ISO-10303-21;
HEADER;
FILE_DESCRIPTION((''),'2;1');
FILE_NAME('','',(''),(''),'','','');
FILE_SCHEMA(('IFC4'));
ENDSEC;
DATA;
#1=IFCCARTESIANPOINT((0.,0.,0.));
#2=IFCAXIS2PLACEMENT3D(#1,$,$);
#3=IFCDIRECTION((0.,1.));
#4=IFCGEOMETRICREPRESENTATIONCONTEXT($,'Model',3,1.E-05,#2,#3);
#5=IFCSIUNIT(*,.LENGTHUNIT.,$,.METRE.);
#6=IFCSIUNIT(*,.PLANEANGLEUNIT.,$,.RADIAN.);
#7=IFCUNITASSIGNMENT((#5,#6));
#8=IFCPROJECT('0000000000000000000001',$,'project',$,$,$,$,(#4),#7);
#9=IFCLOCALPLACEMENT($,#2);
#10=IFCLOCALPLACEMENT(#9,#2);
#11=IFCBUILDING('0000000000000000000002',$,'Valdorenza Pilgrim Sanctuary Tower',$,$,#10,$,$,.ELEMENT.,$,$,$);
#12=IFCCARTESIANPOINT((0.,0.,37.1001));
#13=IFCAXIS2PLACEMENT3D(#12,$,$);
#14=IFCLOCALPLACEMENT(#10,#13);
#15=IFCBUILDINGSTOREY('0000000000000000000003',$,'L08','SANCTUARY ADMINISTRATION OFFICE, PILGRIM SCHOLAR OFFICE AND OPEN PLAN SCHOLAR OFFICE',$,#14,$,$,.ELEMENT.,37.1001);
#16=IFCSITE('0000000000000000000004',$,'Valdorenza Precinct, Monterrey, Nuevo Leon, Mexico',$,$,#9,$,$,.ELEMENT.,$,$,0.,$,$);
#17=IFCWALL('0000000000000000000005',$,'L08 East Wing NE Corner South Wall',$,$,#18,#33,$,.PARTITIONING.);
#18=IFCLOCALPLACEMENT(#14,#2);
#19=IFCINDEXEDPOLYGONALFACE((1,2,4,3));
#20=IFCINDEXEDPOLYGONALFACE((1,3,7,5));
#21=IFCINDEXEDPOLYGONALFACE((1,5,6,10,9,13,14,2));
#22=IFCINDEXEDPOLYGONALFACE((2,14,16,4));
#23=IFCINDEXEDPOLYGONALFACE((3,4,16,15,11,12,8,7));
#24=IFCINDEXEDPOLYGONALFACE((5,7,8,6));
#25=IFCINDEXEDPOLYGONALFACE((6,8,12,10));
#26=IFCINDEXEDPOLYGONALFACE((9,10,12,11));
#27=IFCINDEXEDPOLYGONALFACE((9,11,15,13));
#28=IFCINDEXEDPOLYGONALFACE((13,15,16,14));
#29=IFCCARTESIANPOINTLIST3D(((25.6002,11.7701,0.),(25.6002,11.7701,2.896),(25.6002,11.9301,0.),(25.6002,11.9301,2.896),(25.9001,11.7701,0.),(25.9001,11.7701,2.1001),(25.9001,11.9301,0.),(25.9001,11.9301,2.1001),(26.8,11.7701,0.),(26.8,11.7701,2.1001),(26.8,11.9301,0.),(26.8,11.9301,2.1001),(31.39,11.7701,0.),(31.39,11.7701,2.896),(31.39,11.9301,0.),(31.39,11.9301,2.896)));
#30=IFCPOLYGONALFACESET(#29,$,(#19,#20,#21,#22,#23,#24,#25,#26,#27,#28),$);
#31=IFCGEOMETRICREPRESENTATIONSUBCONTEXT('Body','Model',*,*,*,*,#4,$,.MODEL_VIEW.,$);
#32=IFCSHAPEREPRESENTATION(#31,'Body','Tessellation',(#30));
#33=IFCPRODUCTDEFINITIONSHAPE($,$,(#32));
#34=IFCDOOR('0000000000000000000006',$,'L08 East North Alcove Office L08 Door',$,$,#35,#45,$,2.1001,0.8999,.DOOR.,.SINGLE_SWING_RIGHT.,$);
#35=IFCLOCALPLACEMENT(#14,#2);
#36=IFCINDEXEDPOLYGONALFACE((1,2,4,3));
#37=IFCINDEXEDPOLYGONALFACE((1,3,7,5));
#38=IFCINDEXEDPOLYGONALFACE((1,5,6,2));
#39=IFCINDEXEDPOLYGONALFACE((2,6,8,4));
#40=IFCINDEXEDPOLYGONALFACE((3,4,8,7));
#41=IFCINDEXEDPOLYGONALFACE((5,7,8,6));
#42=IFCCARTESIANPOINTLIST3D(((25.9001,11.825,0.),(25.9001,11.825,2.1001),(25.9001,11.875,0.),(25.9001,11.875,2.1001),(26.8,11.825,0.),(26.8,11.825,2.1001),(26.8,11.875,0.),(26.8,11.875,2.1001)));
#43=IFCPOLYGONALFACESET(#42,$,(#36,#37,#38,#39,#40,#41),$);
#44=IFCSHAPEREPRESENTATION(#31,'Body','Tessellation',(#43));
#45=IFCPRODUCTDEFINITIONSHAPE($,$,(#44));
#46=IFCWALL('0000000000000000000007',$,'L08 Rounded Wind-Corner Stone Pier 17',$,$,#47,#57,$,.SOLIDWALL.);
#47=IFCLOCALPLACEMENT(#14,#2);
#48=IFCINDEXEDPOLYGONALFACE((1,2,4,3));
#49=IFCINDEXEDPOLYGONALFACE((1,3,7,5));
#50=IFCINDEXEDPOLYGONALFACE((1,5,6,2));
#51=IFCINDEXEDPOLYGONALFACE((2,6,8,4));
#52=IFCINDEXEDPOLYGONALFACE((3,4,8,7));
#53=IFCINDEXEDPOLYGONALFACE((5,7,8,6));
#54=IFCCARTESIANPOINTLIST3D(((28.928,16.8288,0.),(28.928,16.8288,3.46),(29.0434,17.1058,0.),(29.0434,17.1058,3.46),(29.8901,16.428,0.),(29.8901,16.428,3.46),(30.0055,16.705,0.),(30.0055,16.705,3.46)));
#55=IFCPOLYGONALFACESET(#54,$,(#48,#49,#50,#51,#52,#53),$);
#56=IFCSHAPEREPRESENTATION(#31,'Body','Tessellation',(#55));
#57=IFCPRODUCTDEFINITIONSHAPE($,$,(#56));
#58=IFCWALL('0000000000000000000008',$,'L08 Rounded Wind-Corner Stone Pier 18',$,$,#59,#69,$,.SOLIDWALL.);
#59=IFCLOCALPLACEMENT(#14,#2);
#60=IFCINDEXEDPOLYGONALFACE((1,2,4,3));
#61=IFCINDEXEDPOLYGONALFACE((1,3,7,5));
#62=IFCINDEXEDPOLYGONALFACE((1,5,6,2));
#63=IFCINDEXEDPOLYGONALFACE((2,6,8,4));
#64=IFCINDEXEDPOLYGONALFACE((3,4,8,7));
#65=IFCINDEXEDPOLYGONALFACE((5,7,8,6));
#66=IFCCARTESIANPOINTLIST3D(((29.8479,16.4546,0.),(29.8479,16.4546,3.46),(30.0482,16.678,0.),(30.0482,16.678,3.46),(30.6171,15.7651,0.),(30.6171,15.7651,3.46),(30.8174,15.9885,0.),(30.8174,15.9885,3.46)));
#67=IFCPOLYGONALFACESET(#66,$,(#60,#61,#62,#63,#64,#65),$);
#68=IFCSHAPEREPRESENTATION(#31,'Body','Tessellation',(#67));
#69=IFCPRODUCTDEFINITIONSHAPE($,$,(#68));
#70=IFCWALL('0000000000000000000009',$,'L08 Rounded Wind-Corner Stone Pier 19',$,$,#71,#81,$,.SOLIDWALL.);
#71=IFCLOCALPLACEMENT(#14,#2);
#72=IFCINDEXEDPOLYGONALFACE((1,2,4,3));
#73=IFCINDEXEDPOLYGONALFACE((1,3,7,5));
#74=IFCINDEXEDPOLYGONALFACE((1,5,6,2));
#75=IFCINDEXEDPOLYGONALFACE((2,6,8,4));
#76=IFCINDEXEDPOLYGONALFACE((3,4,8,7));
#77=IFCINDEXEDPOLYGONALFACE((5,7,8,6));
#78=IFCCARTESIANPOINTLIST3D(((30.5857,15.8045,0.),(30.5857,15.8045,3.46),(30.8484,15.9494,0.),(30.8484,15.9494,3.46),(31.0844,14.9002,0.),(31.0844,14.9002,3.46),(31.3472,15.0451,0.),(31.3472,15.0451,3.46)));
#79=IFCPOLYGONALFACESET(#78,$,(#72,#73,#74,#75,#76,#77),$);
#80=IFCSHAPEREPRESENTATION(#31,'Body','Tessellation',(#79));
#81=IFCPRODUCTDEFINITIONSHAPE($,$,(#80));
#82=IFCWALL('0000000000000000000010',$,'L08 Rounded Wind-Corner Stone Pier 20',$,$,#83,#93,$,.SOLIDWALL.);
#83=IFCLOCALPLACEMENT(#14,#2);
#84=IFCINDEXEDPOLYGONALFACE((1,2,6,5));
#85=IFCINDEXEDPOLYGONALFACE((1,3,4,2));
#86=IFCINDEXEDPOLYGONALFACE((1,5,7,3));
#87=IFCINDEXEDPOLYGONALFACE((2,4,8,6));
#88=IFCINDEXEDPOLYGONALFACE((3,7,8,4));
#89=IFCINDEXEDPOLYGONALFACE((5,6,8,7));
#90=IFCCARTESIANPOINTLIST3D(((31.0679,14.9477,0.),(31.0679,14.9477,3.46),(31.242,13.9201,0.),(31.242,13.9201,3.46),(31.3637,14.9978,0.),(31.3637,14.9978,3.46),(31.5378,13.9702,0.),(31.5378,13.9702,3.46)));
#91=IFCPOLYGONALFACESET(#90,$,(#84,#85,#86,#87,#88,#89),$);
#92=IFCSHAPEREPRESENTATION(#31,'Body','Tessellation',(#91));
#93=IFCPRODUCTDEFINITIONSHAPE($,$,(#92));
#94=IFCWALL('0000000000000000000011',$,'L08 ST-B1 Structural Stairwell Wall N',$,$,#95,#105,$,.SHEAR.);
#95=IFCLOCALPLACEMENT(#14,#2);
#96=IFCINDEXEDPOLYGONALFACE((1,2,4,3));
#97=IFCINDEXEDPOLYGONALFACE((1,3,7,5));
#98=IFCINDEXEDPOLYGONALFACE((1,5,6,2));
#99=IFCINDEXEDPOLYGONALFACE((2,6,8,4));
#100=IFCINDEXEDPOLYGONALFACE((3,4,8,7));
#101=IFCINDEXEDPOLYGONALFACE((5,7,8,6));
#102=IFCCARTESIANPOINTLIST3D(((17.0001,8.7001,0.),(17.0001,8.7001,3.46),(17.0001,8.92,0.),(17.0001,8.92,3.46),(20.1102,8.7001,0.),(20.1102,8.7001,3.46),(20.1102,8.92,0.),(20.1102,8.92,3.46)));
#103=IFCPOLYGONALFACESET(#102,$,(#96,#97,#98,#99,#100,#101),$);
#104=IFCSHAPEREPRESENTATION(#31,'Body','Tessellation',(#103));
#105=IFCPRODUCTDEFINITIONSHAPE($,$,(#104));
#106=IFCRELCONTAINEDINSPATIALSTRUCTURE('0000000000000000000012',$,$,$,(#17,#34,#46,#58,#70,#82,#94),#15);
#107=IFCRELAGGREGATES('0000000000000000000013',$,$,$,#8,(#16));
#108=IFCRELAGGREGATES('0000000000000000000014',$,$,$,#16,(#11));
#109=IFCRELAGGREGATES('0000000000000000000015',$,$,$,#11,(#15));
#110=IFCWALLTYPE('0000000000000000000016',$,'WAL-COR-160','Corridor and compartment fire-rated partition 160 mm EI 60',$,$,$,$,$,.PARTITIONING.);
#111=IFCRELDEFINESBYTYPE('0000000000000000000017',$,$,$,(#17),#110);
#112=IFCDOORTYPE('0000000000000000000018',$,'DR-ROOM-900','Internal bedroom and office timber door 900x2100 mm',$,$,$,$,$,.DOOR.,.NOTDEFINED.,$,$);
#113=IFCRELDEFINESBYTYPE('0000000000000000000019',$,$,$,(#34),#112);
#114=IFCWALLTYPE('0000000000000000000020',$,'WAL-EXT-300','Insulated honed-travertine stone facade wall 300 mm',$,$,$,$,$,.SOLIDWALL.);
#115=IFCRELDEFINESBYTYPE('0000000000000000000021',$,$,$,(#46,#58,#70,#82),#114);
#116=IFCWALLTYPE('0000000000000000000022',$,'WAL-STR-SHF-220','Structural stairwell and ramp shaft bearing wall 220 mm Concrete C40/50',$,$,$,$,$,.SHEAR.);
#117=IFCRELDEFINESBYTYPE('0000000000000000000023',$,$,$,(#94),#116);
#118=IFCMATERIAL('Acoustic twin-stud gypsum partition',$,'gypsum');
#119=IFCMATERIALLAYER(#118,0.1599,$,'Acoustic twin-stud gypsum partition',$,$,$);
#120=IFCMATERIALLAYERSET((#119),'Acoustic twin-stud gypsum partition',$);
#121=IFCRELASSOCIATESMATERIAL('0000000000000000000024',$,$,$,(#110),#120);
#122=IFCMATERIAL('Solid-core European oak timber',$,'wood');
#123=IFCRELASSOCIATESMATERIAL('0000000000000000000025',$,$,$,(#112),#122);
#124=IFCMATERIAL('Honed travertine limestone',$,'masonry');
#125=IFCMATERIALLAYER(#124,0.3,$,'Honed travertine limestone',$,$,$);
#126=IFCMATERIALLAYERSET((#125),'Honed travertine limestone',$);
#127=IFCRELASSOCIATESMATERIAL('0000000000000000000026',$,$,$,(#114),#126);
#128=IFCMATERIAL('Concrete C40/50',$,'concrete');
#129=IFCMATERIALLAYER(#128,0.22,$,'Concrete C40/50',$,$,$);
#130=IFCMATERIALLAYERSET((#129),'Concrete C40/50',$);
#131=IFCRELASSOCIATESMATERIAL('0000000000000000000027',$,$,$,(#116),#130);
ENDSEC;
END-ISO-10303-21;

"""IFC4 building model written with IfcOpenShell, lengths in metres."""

from ifc_helpers import new_model, si_unit, direction, frame, frame_2d, origin, place, context, subcontext, project, spatial, rectangle, extrude, material, layer, layer_set, type_object, element, fill, save


model = new_model("IFC4")

# Units and contexts
model_context = context("Model", 3, precision=1e-05, world=origin(), true_north=direction((0.0, 1.0)))
body_context = subcontext(model_context, "Body", "Model", "MODEL_VIEW")
ifc_project = project(units=[si_unit("LENGTHUNIT", "METRE"), si_unit("PLANEANGLEUNIT", "RADIAN")], contexts=[model_context])

# Site, building, storey
site_placement = place(None, origin())
site = spatial("IfcSite", under=ifc_project, at=site_placement, Name="Valdorenza Precinct, Monterrey, Nuevo Leon, Mexico", CompositionType="ELEMENT", RefElevation=0.0)
building_placement = place(site_placement, origin())
building = spatial("IfcBuilding", under=site, at=building_placement, Name="Valdorenza Pilgrim Sanctuary Tower", CompositionType="ELEMENT")
storey_placement = place(building_placement, frame((0.0, 0.0, 37.1001)))
storey = spatial("IfcBuildingStorey", under=building, at=storey_placement, Name="L08", Description="SANCTUARY ADMINISTRATION OFFICE, PILGRIM SCHOLAR OFFICE AND OPEN PLAN SCHOLAR OFFICE", CompositionType="ELEMENT", Elevation=37.1001)

# Shared definitions
ifc_material_1 = material(Name="Honed travertine limestone", Category="masonry")

# Shared definitions
ifc_material_2 = material(Name="Acoustic twin-stud gypsum partition", Category="gypsum")
ifc_layer_1 = layer(ifc_material_2, 0.1599, Name="Acoustic twin-stud gypsum partition")
ifc_layer_set_1 = layer_set([ifc_layer_1], Name="Acoustic twin-stud gypsum partition")
wall_type_1 = type_object("IfcWallType", Name="WAL-COR-160", Description="Corridor and compartment fire-rated partition 160 mm EI 60", PredefinedType="PARTITIONING", material=ifc_layer_set_1)

# Wall, opening, door
wall_1_placement = place(storey_placement, frame((25.6001, 11.8501, 0.0), z_axis=(0.0, 0.0, 1.0), x_axis=(1.0, 0.0, 0.0)))
wall_1 = element("IfcWall", 1, at=wall_1_placement, inside=storey, type_object=wall_type_1, Name="L08 East Wing NE Corner South Wall", PredefinedType="PARTITIONING", context=body_context, shape_type="SweptSolid", body=[
    extrude(rectangle(XDim=5.7898, YDim=0.1599, at=frame_2d((2.895, 0.0))), origin(), (0.0, 0.0, 1.0), 2.896),
])
opening_placement = place(wall_1_placement, frame((0.3, 0.0, 0.0)))
opening = element("IfcOpeningElement", 2, at=opening_placement, cuts=wall_1, PredefinedType="OPENING", context=body_context, shape_type="SweptSolid", body=[
    extrude(rectangle(XDim=0.8999, YDim=2.1001, at=frame_2d((0.45, 1.05))), frame((0.0, 0.0947, 0.0), z_axis=(0.0, -1.0, 0.0), x_axis=(1.0, 0.0, 0.0)), (0.0, 0.0, 1.0), 0.1897),
])
ifc_material_3 = material(Name="Solid-core European oak timber", Category="wood")
door_type = type_object("IfcDoorType", Name="DR-ROOM-900", Description="Internal bedroom and office timber door 900x2100 mm", OperationType="NOTDEFINED", PredefinedType="DOOR", material=ifc_material_3)
door_placement = place(opening_placement, origin())
door = element("IfcDoor", 3, at=door_placement, inside=storey, type_object=door_type, Name="L08 East North Alcove Office L08 Door", OperationType="SINGLE_SWING_RIGHT", OverallHeight=2.1001, OverallWidth=0.8999, PredefinedType="DOOR", context=body_context, shape_type="SweptSolid", body=[
    extrude(rectangle(XDim=0.8999, YDim=2.1001, at=frame_2d((0.45, 1.05))), frame((0.0, 0.0249, 0.0), z_axis=(0.0, -1.0, 0.0), x_axis=(1.0, 0.0, 0.0)), (0.0, 0.0, 1.0), 0.05),
])
fill(opening, door)

# Walls
ifc_layer_2 = layer(ifc_material_1, 0.3, Name="Honed travertine limestone")
ifc_layer_set_2 = layer_set([ifc_layer_2], Name="Honed travertine limestone")
wall_type_2 = type_object("IfcWallType", Name="WAL-EXT-300", Description="Insulated honed-travertine stone facade wall 300 mm", PredefinedType="SOLIDWALL", material=ifc_layer_set_2)
wall_2_placement = place(storey_placement, frame((28.9858, 16.9673, 0.0), z_axis=(0.0, 0.0, 1.0), x_axis=(0.923084, -0.384599, 0.0)))
element("IfcWall", 4, at=wall_2_placement, inside=storey, type_object=wall_type_2, Name="L08 Rounded Wind-Corner Stone Pier 17", PredefinedType="SOLIDWALL", context=body_context, shape_type="SweptSolid", body=[
    extrude(rectangle(XDim=1.0422, YDim=0.3, at=frame_2d((0.521, 0.0))), origin(), (0.0, 0.0, 1.0), 3.46),
])
wall_3_placement = place(storey_placement, frame((29.948, 16.5664, 0.0), z_axis=(0.0, 0.0, 1.0), x_axis=(0.744586, -0.667527, 0.0)))
element("IfcWall", 5, at=wall_3_placement, inside=storey, type_object=wall_type_2, Name="L08 Rounded Wind-Corner Stone Pier 18", PredefinedType="SOLIDWALL", context=body_context, shape_type="SweptSolid", body=[
    extrude(rectangle(XDim=1.033, YDim=0.3, at=frame_2d((0.5166, 0.0))), origin(), (0.0, 0.0, 1.0), 3.46),
])
wall_4_placement = place(storey_placement, frame((30.717, 15.877, 0.0), z_axis=(0.0, 0.0, 1.0), x_axis=(0.482971, -0.875636, 0.0)))
element("IfcWall", 6, at=wall_4_placement, inside=storey, type_object=wall_type_2, Name="L08 Rounded Wind-Corner Stone Pier 19", PredefinedType="SOLIDWALL", context=body_context, shape_type="SweptSolid", body=[
    extrude(rectangle(XDim=1.0327, YDim=0.3, at=frame_2d((0.5164, 0.0))), origin(), (0.0, 0.0, 1.0), 3.46),
])
wall_5_placement = place(storey_placement, frame((31.2158, 14.9727, 0.0), z_axis=(0.0, 0.0, 1.0), x_axis=(0.167019, -0.985954, 0.0)))
element("IfcWall", 7, at=wall_5_placement, inside=storey, type_object=wall_type_2, Name="L08 Rounded Wind-Corner Stone Pier 20", PredefinedType="SOLIDWALL", context=body_context, shape_type="SweptSolid", body=[
    extrude(rectangle(XDim=1.0422, YDim=0.3, at=frame_2d((0.521, 0.0))), origin(), (0.0, 0.0, 1.0), 3.46),
])
ifc_material_4 = material(Name="Concrete C40/50", Category="concrete")
ifc_layer_3 = layer(ifc_material_4, 0.22, Name="Concrete C40/50")
ifc_layer_set_3 = layer_set([ifc_layer_3], Name="Concrete C40/50")
wall_type_3 = type_object("IfcWallType", Name="WAL-STR-SHF-220", Description="Structural stairwell and ramp shaft bearing wall 220 mm Concrete C40/50", PredefinedType="SHEAR", material=ifc_layer_set_3)
wall_6_placement = place(storey_placement, frame((17.0, 8.8101, 0.0), z_axis=(0.0, 0.0, 1.0), x_axis=(1.0, 0.0, 0.0)))
element("IfcWall", 8, at=wall_6_placement, inside=storey, type_object=wall_type_3, Name="L08 ST-B1 Structural Stairwell Wall N", PredefinedType="SHEAR", context=body_context, shape_type="SweptSolid", body=[
    extrude(rectangle(XDim=3.1101, YDim=0.22, at=frame_2d((1.5552, 0.0))), origin(), (0.0, 0.0, 1.0), 3.46),
])

save(model, "model.ifc")
